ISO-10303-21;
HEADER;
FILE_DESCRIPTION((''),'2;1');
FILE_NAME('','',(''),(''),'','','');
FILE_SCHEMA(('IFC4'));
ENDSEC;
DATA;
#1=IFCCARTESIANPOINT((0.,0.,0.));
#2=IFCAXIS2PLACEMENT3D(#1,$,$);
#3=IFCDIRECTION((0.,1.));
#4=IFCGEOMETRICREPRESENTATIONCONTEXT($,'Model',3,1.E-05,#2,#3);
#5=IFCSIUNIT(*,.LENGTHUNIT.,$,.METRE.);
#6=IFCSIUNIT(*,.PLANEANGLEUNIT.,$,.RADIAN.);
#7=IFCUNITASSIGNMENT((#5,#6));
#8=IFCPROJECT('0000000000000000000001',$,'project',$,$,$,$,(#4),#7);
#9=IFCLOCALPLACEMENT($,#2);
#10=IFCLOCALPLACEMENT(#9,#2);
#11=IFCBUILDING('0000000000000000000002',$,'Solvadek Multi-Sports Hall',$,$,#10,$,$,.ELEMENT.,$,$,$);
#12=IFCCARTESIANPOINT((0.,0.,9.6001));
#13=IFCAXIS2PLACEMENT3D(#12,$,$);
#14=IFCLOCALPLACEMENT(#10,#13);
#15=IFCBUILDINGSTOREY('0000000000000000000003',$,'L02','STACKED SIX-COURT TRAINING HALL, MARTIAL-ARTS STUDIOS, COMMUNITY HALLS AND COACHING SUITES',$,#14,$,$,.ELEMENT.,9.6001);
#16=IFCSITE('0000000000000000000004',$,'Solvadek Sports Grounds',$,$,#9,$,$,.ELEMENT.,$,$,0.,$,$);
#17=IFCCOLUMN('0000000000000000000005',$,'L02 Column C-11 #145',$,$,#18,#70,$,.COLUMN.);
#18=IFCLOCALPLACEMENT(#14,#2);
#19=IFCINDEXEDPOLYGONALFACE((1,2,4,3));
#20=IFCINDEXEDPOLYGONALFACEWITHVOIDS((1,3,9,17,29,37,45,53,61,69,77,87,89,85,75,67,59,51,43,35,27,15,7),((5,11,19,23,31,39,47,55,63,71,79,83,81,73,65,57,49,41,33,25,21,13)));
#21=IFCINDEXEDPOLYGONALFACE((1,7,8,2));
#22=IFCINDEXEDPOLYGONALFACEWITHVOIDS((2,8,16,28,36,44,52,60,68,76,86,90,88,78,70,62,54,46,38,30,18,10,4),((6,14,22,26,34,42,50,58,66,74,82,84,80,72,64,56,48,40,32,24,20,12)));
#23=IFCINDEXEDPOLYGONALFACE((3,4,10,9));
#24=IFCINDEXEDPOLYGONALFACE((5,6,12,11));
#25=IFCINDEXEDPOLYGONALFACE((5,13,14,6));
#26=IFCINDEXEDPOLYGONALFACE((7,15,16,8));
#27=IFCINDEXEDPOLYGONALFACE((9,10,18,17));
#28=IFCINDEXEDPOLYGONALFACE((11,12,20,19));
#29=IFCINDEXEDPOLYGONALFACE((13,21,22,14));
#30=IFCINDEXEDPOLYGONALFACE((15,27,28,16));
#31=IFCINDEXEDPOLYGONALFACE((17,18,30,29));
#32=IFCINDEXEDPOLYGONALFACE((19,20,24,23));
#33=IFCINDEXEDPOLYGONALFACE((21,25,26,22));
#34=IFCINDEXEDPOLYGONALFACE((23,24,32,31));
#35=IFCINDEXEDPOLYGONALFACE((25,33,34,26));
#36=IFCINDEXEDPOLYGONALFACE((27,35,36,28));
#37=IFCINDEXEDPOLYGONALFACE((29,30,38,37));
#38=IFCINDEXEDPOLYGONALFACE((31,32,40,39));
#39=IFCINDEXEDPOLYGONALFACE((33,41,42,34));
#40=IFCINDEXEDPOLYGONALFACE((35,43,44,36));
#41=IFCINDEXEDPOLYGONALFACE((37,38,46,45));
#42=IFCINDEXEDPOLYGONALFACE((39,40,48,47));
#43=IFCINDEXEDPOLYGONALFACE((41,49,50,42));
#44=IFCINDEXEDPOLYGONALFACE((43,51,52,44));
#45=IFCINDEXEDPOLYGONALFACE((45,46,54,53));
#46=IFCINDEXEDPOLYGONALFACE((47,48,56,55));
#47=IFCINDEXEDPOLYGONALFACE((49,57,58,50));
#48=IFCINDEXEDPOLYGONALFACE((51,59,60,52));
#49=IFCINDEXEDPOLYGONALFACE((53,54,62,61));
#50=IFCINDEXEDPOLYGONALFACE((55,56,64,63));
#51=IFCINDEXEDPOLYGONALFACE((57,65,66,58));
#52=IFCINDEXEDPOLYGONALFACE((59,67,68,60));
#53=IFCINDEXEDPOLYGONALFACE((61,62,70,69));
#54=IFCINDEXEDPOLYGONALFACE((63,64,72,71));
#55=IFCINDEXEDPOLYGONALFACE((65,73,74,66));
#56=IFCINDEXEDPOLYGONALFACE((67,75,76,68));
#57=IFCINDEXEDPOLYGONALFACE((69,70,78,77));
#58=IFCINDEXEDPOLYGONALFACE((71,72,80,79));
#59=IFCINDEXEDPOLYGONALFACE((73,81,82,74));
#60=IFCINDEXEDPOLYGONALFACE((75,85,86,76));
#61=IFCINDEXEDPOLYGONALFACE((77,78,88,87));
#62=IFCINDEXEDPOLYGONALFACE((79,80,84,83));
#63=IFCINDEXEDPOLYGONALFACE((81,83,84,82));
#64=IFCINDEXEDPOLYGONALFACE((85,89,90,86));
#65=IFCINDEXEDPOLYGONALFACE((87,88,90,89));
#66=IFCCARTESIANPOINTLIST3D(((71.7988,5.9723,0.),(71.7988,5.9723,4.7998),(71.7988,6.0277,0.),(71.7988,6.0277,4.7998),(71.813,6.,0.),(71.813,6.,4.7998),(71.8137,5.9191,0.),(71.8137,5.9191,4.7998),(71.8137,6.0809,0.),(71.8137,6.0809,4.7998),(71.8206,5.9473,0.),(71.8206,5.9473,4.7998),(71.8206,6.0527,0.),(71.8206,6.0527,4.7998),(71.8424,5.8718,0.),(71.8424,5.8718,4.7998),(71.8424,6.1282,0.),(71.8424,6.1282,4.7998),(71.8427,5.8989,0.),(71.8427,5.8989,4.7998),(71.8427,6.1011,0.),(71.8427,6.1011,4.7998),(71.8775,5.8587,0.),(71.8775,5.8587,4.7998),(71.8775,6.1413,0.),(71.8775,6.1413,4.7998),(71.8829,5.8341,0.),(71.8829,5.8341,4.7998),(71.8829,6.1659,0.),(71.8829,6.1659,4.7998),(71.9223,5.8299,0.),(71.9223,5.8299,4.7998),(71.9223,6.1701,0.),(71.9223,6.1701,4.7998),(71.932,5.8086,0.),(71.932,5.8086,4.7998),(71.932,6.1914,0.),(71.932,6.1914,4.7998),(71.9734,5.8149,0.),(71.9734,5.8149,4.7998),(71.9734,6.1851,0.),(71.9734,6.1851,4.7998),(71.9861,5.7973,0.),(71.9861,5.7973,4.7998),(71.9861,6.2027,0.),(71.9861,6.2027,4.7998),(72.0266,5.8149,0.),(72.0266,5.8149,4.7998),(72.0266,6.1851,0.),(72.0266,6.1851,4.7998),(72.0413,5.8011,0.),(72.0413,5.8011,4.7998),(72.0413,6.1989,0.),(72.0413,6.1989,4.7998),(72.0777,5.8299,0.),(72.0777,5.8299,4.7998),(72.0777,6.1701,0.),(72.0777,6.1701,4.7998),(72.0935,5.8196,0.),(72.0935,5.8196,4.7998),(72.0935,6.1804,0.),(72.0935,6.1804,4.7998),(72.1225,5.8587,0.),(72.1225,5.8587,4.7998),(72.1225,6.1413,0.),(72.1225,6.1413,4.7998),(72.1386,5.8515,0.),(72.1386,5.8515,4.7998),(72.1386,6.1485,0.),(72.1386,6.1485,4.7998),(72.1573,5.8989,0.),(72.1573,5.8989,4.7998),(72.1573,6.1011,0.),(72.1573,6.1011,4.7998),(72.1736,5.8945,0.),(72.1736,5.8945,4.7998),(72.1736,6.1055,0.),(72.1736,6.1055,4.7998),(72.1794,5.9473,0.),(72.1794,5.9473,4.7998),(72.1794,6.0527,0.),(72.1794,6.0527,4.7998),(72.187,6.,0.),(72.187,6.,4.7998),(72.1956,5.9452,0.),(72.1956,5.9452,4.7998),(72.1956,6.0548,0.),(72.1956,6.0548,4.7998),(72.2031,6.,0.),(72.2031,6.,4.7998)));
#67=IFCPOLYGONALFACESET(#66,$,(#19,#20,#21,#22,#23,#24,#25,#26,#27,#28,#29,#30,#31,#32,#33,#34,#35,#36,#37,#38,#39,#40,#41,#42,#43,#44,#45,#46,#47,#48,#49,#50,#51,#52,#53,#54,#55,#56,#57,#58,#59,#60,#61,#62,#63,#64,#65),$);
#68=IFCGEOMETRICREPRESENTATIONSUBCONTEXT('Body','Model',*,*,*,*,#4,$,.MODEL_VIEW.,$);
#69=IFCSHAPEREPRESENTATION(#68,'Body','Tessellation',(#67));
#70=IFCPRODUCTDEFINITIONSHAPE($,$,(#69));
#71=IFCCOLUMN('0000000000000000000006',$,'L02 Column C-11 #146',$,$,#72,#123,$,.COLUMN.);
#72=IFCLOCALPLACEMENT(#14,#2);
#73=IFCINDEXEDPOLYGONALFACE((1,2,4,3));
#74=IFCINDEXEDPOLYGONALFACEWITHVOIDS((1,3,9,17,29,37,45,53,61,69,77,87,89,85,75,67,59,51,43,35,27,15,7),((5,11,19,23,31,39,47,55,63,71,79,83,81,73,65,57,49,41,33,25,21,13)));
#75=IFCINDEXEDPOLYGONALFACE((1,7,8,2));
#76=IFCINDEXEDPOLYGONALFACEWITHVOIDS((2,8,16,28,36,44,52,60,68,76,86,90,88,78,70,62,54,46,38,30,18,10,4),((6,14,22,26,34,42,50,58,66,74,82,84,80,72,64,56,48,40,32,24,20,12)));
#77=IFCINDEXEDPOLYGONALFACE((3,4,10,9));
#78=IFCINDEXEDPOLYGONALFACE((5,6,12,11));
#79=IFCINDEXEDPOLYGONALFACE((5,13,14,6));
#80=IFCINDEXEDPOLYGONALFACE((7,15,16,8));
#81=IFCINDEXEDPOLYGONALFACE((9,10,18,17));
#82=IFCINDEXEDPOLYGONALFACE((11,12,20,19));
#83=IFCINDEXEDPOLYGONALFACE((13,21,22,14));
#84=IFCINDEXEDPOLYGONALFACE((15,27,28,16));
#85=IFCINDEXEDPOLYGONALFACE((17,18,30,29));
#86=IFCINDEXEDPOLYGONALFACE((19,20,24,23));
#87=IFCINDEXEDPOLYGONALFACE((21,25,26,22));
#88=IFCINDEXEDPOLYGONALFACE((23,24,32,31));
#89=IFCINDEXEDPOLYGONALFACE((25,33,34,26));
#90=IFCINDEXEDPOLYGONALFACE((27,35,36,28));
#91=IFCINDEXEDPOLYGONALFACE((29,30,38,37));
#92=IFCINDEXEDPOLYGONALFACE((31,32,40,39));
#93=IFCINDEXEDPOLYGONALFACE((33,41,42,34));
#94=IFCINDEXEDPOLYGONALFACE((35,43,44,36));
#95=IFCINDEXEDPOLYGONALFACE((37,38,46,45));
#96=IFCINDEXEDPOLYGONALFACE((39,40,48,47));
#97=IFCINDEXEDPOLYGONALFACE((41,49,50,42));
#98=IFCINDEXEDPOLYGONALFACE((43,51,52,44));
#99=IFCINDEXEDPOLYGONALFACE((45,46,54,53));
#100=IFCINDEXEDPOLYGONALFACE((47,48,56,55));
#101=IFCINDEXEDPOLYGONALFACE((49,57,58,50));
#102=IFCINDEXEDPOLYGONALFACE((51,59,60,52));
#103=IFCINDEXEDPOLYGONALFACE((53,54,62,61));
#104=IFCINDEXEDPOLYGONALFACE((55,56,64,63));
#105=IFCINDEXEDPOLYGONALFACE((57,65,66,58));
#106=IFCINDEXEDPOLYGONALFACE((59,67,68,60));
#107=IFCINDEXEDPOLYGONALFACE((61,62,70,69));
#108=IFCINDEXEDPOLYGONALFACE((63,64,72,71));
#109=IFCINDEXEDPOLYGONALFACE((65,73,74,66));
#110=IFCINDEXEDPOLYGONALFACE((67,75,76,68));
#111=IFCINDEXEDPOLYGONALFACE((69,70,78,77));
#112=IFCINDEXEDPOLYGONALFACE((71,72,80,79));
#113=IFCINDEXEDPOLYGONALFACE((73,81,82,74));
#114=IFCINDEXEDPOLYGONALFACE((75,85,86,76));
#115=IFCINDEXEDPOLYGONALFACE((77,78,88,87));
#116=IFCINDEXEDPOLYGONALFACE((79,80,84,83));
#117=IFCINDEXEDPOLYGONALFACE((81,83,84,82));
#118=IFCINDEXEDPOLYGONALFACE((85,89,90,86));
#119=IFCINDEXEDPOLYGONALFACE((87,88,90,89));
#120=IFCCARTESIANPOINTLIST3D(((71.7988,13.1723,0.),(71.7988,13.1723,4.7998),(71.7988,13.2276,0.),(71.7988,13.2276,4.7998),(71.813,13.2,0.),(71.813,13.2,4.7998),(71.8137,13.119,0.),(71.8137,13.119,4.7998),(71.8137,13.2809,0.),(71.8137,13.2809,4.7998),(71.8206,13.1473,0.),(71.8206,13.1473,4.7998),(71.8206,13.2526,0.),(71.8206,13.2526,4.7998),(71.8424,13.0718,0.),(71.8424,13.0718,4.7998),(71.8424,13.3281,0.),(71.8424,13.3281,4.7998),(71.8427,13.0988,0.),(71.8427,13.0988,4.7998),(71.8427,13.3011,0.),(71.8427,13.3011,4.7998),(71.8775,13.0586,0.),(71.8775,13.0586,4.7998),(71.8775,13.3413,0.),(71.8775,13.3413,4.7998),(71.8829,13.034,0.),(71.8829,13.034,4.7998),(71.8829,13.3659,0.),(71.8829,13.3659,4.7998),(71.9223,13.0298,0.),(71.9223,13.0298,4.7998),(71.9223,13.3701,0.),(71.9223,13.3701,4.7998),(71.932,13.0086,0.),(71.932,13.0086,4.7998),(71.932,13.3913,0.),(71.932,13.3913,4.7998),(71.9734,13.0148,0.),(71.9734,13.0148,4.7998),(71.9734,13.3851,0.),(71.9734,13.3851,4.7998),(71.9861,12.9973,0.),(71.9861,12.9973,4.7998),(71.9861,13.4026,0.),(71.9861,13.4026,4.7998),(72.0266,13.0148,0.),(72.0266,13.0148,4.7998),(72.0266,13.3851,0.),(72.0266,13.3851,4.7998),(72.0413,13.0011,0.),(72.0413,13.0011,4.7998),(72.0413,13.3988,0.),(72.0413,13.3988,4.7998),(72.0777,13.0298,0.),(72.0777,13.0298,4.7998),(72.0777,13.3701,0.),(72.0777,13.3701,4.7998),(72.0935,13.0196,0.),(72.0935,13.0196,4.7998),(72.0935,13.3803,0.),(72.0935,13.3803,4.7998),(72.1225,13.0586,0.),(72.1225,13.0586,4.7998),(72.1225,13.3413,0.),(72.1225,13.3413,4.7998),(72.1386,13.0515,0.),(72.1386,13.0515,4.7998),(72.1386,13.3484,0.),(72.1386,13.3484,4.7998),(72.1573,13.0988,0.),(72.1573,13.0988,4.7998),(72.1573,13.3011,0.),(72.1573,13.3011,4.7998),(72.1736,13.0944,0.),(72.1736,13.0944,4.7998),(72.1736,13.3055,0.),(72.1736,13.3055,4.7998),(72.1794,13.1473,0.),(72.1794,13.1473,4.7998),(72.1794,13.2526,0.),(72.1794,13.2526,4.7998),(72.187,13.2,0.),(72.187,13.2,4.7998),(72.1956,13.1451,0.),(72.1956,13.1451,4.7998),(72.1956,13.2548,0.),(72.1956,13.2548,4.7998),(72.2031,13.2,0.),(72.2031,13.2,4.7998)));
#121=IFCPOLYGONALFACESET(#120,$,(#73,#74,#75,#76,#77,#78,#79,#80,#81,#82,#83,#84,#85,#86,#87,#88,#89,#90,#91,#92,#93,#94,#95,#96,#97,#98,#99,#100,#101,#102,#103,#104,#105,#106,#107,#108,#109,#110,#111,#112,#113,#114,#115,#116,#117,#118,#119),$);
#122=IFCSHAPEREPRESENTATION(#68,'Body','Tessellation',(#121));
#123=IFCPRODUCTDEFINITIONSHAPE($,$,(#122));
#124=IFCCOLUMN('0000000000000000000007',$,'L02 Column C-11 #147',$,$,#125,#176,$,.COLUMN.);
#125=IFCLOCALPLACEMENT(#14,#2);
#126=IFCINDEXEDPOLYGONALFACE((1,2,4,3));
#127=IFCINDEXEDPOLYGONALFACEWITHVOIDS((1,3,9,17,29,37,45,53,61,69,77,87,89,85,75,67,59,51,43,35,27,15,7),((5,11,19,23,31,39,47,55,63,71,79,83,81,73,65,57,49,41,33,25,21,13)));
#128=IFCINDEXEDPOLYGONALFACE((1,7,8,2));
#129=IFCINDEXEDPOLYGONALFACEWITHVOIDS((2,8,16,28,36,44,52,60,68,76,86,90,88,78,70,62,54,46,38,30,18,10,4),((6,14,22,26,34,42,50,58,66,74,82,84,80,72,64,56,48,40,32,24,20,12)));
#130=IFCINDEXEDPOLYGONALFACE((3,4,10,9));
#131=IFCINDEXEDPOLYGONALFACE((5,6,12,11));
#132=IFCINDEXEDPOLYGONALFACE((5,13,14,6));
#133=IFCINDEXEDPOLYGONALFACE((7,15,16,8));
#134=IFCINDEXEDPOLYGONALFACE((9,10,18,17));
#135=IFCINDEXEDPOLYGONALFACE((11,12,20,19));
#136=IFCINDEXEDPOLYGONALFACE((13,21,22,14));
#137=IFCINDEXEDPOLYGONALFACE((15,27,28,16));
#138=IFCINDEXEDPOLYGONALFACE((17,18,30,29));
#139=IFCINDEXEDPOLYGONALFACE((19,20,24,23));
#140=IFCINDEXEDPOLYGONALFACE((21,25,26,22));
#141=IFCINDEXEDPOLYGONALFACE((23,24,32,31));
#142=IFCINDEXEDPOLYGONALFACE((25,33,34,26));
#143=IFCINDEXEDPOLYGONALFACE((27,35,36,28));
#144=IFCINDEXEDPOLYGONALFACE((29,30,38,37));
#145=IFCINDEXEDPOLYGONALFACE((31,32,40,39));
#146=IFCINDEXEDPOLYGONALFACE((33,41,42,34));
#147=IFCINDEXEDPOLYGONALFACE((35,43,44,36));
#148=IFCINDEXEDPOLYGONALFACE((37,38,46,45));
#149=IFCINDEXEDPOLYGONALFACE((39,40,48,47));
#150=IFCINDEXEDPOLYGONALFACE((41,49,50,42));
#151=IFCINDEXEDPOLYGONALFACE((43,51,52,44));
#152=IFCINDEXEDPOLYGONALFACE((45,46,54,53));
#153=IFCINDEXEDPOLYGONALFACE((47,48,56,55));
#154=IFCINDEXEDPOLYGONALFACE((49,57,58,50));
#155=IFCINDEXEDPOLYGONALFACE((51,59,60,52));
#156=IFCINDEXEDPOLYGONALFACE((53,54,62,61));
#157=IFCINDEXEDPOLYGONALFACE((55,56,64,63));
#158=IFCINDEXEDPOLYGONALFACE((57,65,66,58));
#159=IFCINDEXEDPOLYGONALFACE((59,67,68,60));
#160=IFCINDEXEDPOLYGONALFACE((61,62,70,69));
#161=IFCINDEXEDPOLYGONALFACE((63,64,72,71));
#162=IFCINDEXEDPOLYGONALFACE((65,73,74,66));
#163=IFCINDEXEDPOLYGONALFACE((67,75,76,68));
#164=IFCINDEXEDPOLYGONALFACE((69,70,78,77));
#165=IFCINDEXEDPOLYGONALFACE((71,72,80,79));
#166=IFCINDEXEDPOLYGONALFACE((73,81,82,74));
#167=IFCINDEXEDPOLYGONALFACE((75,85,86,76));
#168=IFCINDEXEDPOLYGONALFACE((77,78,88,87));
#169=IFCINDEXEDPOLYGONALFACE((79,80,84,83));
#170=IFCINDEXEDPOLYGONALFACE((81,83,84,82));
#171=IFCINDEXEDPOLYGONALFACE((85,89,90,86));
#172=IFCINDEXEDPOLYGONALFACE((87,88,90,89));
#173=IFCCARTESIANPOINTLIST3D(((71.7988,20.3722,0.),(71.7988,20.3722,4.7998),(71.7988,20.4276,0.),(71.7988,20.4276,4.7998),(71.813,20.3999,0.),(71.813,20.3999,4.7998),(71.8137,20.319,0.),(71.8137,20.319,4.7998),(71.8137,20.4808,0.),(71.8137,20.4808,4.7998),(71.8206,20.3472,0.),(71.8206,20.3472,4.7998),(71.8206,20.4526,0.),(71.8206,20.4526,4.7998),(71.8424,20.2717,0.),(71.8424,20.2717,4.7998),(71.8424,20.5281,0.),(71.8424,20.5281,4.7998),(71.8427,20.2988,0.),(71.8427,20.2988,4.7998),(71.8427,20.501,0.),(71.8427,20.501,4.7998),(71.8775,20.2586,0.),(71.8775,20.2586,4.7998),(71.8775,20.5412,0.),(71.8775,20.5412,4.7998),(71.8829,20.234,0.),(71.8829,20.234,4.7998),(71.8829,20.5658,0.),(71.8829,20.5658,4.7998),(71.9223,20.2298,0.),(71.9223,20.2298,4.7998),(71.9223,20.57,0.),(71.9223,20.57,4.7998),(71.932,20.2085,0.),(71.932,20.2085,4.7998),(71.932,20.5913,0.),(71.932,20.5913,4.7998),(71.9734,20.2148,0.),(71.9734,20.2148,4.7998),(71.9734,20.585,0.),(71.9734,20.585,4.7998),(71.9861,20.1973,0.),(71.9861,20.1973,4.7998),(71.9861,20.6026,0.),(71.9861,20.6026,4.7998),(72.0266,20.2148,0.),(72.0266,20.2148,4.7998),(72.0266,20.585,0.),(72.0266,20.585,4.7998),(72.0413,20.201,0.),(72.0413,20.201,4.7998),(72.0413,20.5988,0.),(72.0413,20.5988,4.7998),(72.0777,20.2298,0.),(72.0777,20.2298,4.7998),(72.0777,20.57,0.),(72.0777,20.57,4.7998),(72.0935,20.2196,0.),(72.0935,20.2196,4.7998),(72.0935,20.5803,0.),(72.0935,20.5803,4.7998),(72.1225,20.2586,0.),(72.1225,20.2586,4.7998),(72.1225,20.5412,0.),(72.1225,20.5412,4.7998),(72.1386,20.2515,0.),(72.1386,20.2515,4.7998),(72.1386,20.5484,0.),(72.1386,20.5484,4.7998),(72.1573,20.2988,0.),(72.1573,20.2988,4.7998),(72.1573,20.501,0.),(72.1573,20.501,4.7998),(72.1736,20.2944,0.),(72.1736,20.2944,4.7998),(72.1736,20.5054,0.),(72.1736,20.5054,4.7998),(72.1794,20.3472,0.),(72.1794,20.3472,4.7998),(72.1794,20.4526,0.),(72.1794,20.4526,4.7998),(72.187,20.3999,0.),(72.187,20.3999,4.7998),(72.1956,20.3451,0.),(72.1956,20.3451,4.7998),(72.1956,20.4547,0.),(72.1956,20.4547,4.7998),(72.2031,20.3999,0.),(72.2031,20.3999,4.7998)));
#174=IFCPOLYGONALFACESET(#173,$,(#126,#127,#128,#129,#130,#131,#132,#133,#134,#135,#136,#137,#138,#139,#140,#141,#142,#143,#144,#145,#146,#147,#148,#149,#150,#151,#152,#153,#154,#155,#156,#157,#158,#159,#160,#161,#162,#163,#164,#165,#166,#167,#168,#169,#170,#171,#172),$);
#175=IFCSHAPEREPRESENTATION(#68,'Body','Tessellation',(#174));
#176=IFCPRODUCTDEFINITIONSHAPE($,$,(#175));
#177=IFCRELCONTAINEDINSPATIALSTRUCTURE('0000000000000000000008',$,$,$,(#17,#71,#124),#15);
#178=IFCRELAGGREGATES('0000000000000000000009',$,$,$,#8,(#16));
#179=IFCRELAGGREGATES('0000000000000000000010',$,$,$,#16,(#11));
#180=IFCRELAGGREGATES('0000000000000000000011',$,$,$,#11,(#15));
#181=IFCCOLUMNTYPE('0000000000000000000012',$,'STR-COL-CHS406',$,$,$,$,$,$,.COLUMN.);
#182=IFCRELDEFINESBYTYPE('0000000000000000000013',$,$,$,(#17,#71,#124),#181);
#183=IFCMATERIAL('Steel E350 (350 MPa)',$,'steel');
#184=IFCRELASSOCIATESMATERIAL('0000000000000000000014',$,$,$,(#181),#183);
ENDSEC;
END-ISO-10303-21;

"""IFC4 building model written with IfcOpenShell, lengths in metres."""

from ifc_helpers import new_model, si_unit, direction, frame, origin, origin_2d, place, context, subcontext, project, spatial, hollow_circle, extrude, material, material_profile, profile_set, type_object, element, save


model = new_model("IFC4")

# Units and contexts
model_context = context("Model", 3, precision=1e-05, world=origin(), true_north=direction((0.0, 1.0)))
body_context = subcontext(model_context, "Body", "Model", "MODEL_VIEW")
ifc_project = project(units=[si_unit("LENGTHUNIT", "METRE"), si_unit("PLANEANGLEUNIT", "RADIAN")], contexts=[model_context])

# Site, building, storey
site_placement = place(None, origin())
site = spatial("IfcSite", under=ifc_project, at=site_placement, Name="Solvadek Sports Grounds", CompositionType="ELEMENT", RefElevation=0.0)
building_placement = place(site_placement, origin())
building = spatial("IfcBuilding", under=site, at=building_placement, Name="Solvadek Multi-Sports Hall", CompositionType="ELEMENT")
storey_placement = place(building_placement, frame((0.0, 0.0, 9.6001)))
storey = spatial("IfcBuildingStorey", under=building, at=storey_placement, Name="L02", Description="STACKED SIX-COURT TRAINING HALL, MARTIAL-ARTS STUDIOS, COMMUNITY HALLS AND COACHING SUITES", CompositionType="ELEMENT", Elevation=9.6001)

# Columns
ifc_material_1 = material(Name="Steel E350 (350 MPa)", Category="steel")
ifc_material_profile_1 = material_profile(ifc_material_1, hollow_circle(Radius=0.2031, WallThickness=0.0161, at=origin_2d()), Name="CHS 406.4x16")
ifc_profile_set_1 = profile_set([ifc_material_profile_1], Name="Steel E350 (350 MPa)")
column_type_1 = type_object("IfcColumnType", Name="STR-COL-CHS406", PredefinedType="COLUMN", material=ifc_profile_set_1)
for number, where, z_axis, x_axis, name in (
    (1, (72.0, 6.0, 0.0), (0.0, 0.0, 1.0), (1.0, 0.0, 0.0), "L02 Column C-11 #145"),
    (2, (72.0, 13.2, 0.0), (0.0, 0.0, 1.0), (1.0, 0.0, 0.0), "L02 Column C-11 #146"),
    (3, (72.0, 20.3999, 0.0), (0.0, 0.0, 1.0), (1.0, 0.0, 0.0), "L02 Column C-11 #147"),
):
    element("IfcColumn", number, at=place(storey_placement, frame(where, z_axis=z_axis, x_axis=x_axis)), inside=storey, type_object=column_type_1, Name=name, PredefinedType="COLUMN", context=body_context, shape_type="SweptSolid", body=[
        extrude(hollow_circle(Radius=0.2031, WallThickness=0.0161, at=origin_2d()), origin(), (0.0, 0.0, 1.0), 4.7998),
    ])

save(model, "model.ifc")
